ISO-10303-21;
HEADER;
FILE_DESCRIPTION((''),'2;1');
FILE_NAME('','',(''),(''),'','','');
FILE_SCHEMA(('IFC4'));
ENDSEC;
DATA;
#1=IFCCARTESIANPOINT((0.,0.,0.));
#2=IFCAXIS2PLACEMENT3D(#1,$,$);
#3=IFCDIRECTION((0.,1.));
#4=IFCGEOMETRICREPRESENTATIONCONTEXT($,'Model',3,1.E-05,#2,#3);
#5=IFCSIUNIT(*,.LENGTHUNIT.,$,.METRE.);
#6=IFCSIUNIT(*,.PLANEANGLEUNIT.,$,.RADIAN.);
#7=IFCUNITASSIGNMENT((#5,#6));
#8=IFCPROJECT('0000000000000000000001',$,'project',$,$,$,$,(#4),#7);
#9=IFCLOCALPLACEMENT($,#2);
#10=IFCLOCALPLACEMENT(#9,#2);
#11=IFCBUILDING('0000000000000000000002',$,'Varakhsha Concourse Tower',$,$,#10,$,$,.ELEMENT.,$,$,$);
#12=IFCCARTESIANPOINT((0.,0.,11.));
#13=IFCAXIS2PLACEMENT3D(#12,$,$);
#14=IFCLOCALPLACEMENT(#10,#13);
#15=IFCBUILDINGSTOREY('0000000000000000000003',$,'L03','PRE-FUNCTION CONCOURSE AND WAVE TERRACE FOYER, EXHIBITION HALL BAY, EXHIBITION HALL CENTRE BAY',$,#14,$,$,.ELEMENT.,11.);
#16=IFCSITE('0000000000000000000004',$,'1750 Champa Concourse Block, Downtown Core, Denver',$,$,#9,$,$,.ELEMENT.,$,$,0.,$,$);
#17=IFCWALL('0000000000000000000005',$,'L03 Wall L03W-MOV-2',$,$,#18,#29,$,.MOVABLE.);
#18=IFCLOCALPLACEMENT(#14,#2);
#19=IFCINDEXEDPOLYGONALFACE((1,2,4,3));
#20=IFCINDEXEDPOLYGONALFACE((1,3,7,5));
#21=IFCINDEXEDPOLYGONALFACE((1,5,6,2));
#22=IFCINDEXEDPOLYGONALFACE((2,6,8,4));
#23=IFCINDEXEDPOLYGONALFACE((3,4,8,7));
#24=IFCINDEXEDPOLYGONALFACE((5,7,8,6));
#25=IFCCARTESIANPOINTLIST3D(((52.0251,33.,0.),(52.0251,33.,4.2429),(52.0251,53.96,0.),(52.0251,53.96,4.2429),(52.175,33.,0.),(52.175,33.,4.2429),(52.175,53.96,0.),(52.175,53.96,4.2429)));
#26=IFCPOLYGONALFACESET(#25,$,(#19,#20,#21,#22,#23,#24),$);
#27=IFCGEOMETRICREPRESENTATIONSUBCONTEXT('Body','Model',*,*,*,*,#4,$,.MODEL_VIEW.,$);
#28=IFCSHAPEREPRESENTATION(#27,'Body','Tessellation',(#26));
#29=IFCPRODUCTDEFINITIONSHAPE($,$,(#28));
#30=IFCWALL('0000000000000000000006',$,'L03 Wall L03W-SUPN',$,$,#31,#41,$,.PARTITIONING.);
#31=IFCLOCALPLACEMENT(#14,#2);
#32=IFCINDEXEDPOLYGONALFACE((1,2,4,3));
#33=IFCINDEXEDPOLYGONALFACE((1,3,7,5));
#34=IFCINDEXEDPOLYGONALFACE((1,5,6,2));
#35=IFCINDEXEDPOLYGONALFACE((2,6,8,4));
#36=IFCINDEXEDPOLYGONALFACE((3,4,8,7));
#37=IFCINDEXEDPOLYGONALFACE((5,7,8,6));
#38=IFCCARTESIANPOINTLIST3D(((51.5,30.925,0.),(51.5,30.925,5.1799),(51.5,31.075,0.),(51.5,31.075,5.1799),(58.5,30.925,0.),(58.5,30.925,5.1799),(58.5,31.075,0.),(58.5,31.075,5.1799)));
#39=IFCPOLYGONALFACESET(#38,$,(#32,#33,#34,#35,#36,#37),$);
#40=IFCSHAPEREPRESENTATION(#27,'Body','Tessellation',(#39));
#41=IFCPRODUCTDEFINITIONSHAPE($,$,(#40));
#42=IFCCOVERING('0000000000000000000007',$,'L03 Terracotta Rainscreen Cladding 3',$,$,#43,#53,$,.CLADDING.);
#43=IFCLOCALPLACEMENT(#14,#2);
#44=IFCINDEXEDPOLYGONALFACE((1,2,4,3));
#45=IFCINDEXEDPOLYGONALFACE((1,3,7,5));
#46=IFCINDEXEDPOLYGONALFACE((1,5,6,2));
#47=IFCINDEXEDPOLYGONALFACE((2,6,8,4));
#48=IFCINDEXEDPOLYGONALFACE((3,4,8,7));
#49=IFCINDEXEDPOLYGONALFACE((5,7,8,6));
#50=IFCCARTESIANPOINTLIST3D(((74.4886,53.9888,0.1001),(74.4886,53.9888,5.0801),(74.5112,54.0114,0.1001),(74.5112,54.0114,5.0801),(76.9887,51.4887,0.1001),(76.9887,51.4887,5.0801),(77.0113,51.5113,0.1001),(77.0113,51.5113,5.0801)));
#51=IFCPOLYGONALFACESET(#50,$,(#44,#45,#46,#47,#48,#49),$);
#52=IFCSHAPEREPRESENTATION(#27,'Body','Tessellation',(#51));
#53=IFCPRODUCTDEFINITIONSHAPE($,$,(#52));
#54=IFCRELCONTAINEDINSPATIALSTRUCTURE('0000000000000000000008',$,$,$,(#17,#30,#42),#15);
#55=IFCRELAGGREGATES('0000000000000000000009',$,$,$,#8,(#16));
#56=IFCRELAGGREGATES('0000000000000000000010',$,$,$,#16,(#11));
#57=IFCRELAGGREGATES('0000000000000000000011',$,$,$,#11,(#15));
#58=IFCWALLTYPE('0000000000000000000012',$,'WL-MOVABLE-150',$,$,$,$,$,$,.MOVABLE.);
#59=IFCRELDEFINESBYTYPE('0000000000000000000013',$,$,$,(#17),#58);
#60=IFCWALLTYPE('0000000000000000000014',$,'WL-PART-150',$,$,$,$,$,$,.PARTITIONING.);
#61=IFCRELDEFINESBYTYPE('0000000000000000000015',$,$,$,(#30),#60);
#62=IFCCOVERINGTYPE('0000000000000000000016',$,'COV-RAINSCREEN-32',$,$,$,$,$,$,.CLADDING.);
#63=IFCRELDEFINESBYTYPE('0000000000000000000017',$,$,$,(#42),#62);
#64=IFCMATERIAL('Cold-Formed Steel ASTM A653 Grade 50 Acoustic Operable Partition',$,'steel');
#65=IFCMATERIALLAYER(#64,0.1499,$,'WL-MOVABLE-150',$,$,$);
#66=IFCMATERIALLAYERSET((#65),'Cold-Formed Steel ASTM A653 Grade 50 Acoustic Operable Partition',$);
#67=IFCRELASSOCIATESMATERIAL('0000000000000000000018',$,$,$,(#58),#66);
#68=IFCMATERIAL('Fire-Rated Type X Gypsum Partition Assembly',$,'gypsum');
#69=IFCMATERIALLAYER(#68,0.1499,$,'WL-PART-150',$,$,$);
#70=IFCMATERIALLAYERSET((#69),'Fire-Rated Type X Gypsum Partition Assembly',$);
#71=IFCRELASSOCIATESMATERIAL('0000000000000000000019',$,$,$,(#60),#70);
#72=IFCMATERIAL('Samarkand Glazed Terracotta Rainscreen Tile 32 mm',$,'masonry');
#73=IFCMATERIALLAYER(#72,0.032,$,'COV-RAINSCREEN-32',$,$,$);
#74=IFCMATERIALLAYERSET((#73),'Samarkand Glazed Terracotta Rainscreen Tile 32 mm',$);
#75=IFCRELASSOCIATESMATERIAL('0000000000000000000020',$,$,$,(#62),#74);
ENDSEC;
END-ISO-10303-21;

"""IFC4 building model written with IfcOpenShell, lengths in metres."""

from ifc_helpers import new_model, si_unit, direction, frame, frame_2d, origin, place, context, subcontext, project, spatial, rectangle, extrude, material, layer, layer_set, type_object, element, save


model = new_model("IFC4")

# Units and contexts
model_context = context("Model", 3, precision=1e-05, world=origin(), true_north=direction((0.0, 1.0)))
body_context = subcontext(model_context, "Body", "Model", "MODEL_VIEW")
ifc_project = project(units=[si_unit("LENGTHUNIT", "METRE"), si_unit("PLANEANGLEUNIT", "RADIAN")], contexts=[model_context])

# Site, building, storey
site_placement = place(None, origin())
site = spatial("IfcSite", under=ifc_project, at=site_placement, Name="1750 Champa Concourse Block, Downtown Core, Denver", CompositionType="ELEMENT", RefElevation=0.0)
building_placement = place(site_placement, origin())
building = spatial("IfcBuilding", under=site, at=building_placement, Name="Varakhsha Concourse Tower", CompositionType="ELEMENT")
storey_placement = place(building_placement, frame((0.0, 0.0, 11.0)))
storey = spatial("IfcBuildingStorey", under=building, at=storey_placement, Name="L03", Description="PRE-FUNCTION CONCOURSE AND WAVE TERRACE FOYER, EXHIBITION HALL BAY, EXHIBITION HALL CENTRE BAY", CompositionType="ELEMENT", Elevation=11.0)

# Walls
ifc_material_1 = material(Name="Cold-Formed Steel ASTM A653 Grade 50 Acoustic Operable Partition", Category="steel")
ifc_layer_1 = layer(ifc_material_1, 0.1499, Name="WL-MOVABLE-150")
ifc_layer_set_1 = layer_set([ifc_layer_1], Name="Cold-Formed Steel ASTM A653 Grade 50 Acoustic Operable Partition")
wall_type_1 = type_object("IfcWallType", Name="WL-MOVABLE-150", PredefinedType="MOVABLE", material=ifc_layer_set_1)
wall_1_placement = place(storey_placement, frame((52.1001, 33.0, 0.0), z_axis=(0.0, 0.0, 1.0), x_axis=(0.0, 1.0, 0.0)))
element("IfcWall", 1, at=wall_1_placement, inside=storey, type_object=wall_type_1, Name="L03 Wall L03W-MOV-2", PredefinedType="MOVABLE", context=body_context, shape_type="SweptSolid", body=[
    extrude(rectangle(XDim=20.96, YDim=0.1499, at=frame_2d((10.48, 0.0))), origin(), (0.0, 0.0, 1.0), 4.2429),
])
ifc_material_2 = material(Name="Fire-Rated Type X Gypsum Partition Assembly", Category="gypsum")
ifc_layer_2 = layer(ifc_material_2, 0.1499, Name="WL-PART-150")
ifc_layer_set_2 = layer_set([ifc_layer_2], Name="Fire-Rated Type X Gypsum Partition Assembly")
wall_type_2 = type_object("IfcWallType", Name="WL-PART-150", PredefinedType="PARTITIONING", material=ifc_layer_set_2)
wall_2_placement = place(storey_placement, frame((51.5, 31.0, 0.0), z_axis=(0.0, 0.0, 1.0), x_axis=(1.0, 0.0, 0.0)))
element("IfcWall", 2, at=wall_2_placement, inside=storey, type_object=wall_type_2, Name="L03 Wall L03W-SUPN", PredefinedType="PARTITIONING", context=body_context, shape_type="SweptSolid", body=[
    extrude(rectangle(XDim=7.0, YDim=0.1499, at=frame_2d((3.5, 0.0))), origin(), (0.0, 0.0, 1.0), 5.1799),
])

# Covering
ifc_material_3 = material(Name="Samarkand Glazed Terracotta Rainscreen Tile 32 mm", Category="masonry")
ifc_layer_3 = layer(ifc_material_3, 0.032, Name="COV-RAINSCREEN-32")
ifc_layer_set_3 = layer_set([ifc_layer_3], Name="Samarkand Glazed Terracotta Rainscreen Tile 32 mm")
covering_type = type_object("IfcCoveringType", Name="COV-RAINSCREEN-32", PredefinedType="CLADDING", material=ifc_layer_set_3)
covering_placement = place(storey_placement, frame((77.0, 51.5, 0.1001), z_axis=(0.0, 0.0, 1.0), x_axis=(-0.707107, 0.707107, 0.0)))
element("IfcCovering", 3, at=covering_placement, inside=storey, type_object=covering_type, Name="L03 Terracotta Rainscreen Cladding 3", PredefinedType="CLADDING", context=body_context, shape_type="SweptSolid", body=[
    extrude(rectangle(XDim=3.5356, YDim=0.032, at=frame_2d((1.7678, 0.0))), origin(), (0.0, 0.0, 1.0), 4.98),
])

save(model, "model.ifc")
